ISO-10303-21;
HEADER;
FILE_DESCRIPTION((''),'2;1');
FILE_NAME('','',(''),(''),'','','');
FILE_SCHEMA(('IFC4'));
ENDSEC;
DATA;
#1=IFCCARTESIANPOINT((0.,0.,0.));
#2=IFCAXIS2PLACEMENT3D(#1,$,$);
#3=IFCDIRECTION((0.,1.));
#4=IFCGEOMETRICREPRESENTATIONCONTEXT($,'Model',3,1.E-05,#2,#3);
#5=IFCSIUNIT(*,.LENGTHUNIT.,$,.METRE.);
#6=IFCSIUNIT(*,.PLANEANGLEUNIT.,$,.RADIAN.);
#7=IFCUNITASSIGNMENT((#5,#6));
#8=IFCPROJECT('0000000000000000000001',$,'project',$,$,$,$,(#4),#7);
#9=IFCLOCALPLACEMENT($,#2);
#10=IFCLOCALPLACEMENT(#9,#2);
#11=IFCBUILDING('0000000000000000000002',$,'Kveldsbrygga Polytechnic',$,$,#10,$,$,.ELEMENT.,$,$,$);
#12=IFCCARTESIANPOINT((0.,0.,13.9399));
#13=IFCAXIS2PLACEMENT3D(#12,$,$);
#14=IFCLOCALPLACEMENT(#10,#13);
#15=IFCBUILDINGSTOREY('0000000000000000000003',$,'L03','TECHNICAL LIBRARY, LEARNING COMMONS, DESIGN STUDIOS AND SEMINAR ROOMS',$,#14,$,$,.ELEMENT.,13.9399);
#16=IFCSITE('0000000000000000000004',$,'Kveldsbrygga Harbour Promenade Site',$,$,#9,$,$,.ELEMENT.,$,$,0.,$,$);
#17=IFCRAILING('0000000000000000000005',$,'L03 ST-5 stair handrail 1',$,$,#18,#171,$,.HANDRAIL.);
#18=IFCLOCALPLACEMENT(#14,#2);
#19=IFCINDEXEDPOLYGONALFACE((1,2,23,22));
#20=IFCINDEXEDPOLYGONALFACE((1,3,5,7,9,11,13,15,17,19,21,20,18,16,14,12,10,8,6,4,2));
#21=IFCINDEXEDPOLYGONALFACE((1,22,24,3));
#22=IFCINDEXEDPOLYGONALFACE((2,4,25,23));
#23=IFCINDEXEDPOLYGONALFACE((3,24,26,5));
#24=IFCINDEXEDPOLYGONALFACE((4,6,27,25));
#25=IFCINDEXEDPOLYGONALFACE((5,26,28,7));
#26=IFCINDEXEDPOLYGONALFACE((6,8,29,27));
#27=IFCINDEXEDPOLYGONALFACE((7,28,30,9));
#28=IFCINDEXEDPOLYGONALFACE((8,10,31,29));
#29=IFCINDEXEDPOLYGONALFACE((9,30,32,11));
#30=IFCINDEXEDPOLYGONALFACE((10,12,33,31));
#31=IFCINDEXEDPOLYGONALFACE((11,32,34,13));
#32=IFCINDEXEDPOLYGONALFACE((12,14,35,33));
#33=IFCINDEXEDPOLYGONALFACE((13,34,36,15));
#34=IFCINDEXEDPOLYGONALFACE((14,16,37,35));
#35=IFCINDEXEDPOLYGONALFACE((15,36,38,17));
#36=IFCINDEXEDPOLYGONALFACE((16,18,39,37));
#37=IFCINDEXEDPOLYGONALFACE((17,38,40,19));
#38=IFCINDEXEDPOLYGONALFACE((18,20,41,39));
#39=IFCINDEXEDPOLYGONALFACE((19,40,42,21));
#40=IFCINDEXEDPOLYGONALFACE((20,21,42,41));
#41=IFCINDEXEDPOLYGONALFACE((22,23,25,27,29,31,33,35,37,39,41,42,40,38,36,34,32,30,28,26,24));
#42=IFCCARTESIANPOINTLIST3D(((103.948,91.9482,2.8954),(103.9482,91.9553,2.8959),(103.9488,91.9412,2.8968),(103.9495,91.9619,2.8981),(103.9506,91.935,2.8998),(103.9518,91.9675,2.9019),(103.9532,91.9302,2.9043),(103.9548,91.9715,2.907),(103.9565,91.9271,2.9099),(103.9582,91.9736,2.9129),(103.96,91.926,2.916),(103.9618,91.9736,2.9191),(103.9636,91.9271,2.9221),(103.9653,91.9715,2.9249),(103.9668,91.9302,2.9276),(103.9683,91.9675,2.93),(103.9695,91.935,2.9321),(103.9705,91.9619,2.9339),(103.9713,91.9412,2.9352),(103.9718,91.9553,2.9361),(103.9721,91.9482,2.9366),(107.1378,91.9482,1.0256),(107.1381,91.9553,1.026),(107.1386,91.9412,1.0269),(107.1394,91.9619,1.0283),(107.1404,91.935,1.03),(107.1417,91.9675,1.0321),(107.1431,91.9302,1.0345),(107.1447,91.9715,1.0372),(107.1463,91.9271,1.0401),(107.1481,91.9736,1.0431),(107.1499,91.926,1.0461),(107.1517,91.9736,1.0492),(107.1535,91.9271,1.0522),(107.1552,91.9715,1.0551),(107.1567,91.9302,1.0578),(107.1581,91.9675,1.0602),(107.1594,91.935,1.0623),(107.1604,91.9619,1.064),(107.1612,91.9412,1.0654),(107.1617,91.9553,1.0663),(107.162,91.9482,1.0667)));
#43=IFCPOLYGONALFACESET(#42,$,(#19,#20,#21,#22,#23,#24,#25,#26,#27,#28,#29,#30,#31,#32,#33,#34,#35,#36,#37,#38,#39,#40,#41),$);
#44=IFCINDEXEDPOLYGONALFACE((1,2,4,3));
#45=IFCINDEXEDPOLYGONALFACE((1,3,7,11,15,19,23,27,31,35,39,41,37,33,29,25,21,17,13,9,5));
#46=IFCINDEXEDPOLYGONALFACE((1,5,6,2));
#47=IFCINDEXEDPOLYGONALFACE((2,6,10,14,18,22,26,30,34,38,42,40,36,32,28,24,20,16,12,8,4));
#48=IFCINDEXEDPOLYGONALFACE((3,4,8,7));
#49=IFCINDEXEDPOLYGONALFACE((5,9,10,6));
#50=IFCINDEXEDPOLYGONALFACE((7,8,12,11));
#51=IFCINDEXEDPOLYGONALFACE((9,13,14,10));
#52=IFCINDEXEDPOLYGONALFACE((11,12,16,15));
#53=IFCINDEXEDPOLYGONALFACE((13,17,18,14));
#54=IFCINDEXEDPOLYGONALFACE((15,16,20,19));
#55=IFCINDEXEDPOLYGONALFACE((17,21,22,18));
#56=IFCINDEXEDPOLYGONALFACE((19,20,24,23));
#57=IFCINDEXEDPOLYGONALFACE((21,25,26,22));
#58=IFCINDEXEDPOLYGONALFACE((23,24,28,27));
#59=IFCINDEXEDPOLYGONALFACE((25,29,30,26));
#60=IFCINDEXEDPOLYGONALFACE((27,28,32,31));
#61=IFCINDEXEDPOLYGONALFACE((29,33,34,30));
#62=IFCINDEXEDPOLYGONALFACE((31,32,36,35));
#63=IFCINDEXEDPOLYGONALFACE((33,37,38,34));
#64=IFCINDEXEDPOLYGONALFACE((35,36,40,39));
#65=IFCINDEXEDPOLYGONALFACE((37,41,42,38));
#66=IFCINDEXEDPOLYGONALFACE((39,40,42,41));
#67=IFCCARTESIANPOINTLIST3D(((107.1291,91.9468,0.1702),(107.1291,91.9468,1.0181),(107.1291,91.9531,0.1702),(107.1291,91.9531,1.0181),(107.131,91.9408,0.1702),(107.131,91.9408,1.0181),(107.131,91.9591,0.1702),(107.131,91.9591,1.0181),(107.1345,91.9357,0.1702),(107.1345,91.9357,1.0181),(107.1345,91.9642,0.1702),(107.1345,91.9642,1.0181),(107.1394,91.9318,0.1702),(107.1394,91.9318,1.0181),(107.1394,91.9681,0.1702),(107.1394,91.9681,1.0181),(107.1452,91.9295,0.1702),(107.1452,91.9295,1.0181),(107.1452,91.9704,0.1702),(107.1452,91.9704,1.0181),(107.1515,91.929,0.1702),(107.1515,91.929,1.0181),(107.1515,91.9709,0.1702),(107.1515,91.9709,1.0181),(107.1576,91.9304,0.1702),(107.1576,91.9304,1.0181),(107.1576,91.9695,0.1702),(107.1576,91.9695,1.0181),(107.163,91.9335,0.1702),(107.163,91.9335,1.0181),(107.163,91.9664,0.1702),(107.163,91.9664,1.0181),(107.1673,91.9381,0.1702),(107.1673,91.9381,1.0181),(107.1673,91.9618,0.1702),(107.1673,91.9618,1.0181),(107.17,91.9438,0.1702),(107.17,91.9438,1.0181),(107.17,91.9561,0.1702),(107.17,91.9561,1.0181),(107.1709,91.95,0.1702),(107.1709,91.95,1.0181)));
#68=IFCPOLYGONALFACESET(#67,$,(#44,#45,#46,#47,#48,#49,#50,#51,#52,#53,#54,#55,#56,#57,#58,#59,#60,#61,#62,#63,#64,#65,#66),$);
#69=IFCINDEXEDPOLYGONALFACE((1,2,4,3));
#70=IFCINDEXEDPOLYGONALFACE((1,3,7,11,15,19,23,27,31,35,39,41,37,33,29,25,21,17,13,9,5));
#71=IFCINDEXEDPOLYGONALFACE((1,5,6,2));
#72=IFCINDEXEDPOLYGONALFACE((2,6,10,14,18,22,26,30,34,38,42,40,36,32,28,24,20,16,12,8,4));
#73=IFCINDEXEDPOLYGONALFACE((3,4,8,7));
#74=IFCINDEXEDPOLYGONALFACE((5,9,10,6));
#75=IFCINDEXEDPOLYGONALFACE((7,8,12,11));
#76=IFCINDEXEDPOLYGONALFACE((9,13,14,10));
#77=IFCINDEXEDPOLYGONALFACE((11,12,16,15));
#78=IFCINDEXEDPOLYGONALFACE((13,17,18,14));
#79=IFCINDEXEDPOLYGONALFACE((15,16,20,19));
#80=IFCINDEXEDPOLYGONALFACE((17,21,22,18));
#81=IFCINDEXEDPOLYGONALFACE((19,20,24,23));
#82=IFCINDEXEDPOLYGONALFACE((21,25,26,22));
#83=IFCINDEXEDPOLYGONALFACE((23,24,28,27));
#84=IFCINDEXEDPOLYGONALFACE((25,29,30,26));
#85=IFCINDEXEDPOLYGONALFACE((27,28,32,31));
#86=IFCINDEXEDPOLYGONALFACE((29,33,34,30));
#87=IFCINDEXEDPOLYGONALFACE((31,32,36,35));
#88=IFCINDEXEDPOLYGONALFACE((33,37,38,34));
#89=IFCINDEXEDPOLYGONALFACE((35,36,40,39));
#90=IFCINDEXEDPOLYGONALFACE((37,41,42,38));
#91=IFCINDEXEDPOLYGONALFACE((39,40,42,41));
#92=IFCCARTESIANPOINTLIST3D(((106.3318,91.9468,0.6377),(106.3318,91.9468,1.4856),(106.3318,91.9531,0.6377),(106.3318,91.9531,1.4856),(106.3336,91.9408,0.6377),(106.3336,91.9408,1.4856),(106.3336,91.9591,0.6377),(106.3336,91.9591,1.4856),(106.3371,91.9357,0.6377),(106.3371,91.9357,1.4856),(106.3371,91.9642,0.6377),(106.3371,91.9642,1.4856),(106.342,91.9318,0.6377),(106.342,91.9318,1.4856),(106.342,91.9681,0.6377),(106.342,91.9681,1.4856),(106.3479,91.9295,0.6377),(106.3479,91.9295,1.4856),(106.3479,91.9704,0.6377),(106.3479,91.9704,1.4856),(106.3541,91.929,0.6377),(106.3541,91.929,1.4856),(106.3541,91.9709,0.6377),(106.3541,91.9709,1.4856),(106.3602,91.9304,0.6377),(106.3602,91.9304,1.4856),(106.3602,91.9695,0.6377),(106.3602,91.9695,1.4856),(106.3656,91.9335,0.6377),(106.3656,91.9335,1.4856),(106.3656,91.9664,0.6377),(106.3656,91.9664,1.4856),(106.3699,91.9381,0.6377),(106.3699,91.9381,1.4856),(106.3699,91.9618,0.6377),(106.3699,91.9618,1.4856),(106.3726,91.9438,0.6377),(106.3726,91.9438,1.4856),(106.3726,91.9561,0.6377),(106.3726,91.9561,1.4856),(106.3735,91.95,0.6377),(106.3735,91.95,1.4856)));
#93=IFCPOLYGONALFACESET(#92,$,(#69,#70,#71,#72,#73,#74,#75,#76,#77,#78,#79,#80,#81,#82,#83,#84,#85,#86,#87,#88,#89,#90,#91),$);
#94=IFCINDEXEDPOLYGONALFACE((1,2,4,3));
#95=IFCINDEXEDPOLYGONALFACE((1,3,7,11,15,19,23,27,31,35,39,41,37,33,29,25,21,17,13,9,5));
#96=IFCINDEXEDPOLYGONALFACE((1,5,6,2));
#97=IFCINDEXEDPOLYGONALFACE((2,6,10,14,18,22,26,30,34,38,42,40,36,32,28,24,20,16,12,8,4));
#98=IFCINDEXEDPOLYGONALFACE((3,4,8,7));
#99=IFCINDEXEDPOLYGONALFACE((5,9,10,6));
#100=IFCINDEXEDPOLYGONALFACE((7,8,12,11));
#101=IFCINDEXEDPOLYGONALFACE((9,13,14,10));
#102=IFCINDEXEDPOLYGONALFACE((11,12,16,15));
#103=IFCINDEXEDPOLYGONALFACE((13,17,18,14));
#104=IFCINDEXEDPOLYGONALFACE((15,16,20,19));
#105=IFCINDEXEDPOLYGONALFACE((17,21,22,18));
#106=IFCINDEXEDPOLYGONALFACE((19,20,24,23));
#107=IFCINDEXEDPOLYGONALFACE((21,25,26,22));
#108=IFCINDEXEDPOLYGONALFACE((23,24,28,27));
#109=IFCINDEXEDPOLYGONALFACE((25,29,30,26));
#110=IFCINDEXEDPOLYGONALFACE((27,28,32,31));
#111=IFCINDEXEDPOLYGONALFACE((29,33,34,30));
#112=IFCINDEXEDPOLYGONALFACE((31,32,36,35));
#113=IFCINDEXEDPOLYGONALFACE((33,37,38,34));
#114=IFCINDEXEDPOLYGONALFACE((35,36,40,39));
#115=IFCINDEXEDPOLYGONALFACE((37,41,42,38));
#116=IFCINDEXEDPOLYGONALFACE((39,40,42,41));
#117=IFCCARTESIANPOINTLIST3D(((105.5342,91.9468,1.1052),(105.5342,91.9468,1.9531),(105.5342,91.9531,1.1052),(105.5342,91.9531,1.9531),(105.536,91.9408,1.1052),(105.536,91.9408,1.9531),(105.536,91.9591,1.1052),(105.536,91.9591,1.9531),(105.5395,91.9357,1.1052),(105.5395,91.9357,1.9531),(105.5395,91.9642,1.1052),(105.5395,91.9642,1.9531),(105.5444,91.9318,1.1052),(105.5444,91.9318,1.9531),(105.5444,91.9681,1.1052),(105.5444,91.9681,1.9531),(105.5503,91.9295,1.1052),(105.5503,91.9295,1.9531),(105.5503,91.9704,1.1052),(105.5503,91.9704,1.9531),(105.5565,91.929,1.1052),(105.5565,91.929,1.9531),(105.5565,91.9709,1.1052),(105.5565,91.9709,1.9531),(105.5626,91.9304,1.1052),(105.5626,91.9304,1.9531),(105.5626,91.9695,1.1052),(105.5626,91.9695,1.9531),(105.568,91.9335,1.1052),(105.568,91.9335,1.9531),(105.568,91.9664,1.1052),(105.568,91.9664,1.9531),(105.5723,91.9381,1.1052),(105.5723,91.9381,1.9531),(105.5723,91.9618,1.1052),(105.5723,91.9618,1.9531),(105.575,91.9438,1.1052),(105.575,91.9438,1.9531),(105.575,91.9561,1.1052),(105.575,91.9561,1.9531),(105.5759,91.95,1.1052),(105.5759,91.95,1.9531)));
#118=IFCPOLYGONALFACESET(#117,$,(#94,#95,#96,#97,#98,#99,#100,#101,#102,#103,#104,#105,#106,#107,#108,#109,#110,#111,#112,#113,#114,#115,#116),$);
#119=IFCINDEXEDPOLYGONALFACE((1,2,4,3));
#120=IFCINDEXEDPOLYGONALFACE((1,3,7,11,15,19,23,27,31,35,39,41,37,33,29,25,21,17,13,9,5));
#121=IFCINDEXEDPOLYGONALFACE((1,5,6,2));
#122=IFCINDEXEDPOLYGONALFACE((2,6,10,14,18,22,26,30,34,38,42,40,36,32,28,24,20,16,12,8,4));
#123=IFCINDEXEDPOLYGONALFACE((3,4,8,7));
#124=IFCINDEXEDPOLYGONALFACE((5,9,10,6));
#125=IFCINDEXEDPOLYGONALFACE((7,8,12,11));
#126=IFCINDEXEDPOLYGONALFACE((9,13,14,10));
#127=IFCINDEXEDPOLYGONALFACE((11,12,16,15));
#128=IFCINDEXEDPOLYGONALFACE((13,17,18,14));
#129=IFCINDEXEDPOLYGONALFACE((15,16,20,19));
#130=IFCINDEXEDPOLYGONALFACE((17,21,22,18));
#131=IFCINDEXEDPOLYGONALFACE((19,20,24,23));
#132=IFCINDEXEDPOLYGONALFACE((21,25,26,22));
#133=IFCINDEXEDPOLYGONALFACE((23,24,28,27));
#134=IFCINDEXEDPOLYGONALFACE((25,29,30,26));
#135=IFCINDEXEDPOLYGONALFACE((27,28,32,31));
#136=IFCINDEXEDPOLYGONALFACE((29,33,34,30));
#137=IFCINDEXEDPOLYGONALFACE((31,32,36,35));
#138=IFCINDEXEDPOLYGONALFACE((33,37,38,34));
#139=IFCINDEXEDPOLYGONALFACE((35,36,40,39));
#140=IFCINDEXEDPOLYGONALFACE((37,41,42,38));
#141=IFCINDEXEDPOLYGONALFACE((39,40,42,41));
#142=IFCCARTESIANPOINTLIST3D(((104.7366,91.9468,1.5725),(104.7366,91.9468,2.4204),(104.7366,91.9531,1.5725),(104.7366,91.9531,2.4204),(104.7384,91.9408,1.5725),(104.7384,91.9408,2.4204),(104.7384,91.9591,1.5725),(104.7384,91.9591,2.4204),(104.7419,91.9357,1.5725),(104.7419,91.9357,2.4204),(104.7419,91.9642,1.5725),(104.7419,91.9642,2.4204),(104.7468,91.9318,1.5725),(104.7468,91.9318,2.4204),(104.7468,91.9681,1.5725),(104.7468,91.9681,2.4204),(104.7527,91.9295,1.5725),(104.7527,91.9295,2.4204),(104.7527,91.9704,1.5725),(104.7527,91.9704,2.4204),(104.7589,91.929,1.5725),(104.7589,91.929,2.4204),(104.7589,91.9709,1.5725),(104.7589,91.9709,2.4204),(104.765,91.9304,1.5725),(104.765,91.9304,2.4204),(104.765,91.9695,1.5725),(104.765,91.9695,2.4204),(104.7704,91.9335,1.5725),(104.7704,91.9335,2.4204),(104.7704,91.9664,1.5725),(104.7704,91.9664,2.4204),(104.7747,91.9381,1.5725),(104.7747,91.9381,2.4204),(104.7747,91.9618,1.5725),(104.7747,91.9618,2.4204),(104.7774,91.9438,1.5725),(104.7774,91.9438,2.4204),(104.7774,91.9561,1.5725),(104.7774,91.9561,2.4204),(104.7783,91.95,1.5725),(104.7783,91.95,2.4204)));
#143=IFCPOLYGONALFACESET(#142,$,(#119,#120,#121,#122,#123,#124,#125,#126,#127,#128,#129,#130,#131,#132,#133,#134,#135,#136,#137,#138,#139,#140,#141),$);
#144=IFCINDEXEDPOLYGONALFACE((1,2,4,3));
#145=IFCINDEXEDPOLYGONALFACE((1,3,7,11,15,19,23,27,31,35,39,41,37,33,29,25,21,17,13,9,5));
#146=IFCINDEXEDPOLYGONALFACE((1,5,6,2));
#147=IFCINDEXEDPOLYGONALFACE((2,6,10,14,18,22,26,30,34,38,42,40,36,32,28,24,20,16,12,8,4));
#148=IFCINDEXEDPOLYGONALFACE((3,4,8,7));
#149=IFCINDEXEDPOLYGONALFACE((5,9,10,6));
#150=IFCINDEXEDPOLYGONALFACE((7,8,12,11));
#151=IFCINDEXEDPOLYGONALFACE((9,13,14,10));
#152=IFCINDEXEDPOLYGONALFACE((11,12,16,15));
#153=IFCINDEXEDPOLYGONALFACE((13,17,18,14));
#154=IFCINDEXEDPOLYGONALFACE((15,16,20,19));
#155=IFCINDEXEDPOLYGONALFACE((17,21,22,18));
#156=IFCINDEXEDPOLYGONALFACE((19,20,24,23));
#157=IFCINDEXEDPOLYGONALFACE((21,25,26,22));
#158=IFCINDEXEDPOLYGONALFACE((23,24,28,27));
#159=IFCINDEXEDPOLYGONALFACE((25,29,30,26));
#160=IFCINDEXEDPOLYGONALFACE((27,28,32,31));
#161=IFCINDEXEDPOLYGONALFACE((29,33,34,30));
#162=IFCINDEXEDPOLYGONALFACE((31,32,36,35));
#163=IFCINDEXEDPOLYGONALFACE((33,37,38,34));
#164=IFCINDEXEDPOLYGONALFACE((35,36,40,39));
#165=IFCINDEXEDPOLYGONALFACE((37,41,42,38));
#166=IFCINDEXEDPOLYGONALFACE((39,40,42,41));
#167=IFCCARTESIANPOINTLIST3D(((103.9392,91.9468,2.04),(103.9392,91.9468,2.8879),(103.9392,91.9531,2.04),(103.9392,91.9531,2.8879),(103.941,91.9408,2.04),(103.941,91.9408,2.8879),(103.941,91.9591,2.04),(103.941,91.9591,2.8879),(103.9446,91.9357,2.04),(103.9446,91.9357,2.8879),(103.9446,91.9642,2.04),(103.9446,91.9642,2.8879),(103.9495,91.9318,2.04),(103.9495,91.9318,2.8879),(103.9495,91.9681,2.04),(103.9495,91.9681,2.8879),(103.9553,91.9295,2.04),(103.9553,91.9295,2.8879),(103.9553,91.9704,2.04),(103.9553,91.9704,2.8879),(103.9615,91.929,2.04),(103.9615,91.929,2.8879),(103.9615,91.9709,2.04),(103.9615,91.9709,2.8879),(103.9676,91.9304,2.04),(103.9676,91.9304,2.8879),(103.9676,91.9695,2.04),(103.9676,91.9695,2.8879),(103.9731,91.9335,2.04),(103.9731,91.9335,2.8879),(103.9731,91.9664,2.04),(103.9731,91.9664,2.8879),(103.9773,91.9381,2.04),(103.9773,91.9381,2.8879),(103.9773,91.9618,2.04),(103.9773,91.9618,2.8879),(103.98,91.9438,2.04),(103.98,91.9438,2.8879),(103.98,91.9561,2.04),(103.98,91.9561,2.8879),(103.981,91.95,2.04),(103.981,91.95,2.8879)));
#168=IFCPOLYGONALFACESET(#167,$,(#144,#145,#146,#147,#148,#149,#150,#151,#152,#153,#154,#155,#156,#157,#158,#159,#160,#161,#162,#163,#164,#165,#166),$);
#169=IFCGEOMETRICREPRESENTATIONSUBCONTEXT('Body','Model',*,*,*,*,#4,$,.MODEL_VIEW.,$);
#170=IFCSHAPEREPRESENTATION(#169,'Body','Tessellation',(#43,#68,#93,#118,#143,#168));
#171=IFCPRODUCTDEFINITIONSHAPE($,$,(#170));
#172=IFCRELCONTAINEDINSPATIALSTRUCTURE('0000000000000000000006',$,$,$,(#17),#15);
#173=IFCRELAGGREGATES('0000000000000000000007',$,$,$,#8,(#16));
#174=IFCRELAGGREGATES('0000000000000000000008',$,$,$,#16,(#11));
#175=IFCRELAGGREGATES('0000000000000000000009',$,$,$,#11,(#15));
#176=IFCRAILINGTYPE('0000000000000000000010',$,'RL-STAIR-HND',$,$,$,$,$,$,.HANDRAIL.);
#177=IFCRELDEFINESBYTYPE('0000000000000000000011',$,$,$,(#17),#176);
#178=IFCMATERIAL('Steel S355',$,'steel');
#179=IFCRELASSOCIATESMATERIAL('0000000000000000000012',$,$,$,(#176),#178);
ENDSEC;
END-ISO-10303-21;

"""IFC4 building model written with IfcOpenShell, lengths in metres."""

from ifc_helpers import new_model, si_unit, direction, frame, origin, origin_2d, place, context, subcontext, project, spatial, circle, extrude, material, type_object, element, save


model = new_model("IFC4")

# Units and contexts
model_context = context("Model", 3, precision=1e-05, world=origin(), true_north=direction((0.0, 1.0)))
body_context = subcontext(model_context, "Body", "Model", "MODEL_VIEW")
ifc_project = project(units=[si_unit("LENGTHUNIT", "METRE"), si_unit("PLANEANGLEUNIT", "RADIAN")], contexts=[model_context])

# Site, building, storey
site_placement = place(None, origin())
site = spatial("IfcSite", under=ifc_project, at=site_placement, Name="Kveldsbrygga Harbour Promenade Site", CompositionType="ELEMENT", RefElevation=0.0)
building_placement = place(site_placement, origin())
building = spatial("IfcBuilding", under=site, at=building_placement, Name="Kveldsbrygga Polytechnic", CompositionType="ELEMENT")
storey_placement = place(building_placement, frame((0.0, 0.0, 13.9399)))
storey = spatial("IfcBuildingStorey", under=building, at=storey_placement, Name="L03", Description="TECHNICAL LIBRARY, LEARNING COMMONS, DESIGN STUDIOS AND SEMINAR ROOMS", CompositionType="ELEMENT", Elevation=13.9399)

# Shared definitions
ifc_material_1 = material(Name="Steel S355", Category="steel")

# Railing
railing_type_1 = type_object("IfcRailingType", Name="RL-STAIR-HND", PredefinedType="HANDRAIL", material=ifc_material_1)
railing_1_placement = place(storey_placement, frame((107.1499, 91.95, 0.1702)))
element("IfcRailing", 1, at=railing_1_placement, inside=storey, type_object=railing_type_1, Name="L03 ST-5 stair handrail 1", PredefinedType="HANDRAIL", context=body_context, shape_type="SweptSolid", body=[
    extrude(circle(Radius=0.0239, at=origin_2d()), frame((0.0, 0.0, 0.876), z_axis=(-0.862709, 0.0, 0.505701), x_axis=(0.0, -1.0, 0.0)), (0.0, 0.0, 1.0), 3.6975),
    extrude(circle(Radius=0.021, at=origin_2d()), origin(), (0.0, 0.0, 1.0), 0.8479),
    extrude(circle(Radius=0.021, at=origin_2d()), frame((-0.7974, 0.0, 0.4675)), (0.0, 0.0, 1.0), 0.8479),
    extrude(circle(Radius=0.021, at=origin_2d()), frame((-1.595, 0.0, 0.9351)), (0.0, 0.0, 1.0), 0.8479),
    extrude(circle(Radius=0.021, at=origin_2d()), frame((-2.3926, 0.0, 1.4023)), (0.0, 0.0, 1.0), 0.8479),
    extrude(circle(Radius=0.021, at=origin_2d()), frame((-3.1899, 0.0, 1.8699)), (0.0, 0.0, 1.0), 0.8479),
])

save(model, "model.ifc")
